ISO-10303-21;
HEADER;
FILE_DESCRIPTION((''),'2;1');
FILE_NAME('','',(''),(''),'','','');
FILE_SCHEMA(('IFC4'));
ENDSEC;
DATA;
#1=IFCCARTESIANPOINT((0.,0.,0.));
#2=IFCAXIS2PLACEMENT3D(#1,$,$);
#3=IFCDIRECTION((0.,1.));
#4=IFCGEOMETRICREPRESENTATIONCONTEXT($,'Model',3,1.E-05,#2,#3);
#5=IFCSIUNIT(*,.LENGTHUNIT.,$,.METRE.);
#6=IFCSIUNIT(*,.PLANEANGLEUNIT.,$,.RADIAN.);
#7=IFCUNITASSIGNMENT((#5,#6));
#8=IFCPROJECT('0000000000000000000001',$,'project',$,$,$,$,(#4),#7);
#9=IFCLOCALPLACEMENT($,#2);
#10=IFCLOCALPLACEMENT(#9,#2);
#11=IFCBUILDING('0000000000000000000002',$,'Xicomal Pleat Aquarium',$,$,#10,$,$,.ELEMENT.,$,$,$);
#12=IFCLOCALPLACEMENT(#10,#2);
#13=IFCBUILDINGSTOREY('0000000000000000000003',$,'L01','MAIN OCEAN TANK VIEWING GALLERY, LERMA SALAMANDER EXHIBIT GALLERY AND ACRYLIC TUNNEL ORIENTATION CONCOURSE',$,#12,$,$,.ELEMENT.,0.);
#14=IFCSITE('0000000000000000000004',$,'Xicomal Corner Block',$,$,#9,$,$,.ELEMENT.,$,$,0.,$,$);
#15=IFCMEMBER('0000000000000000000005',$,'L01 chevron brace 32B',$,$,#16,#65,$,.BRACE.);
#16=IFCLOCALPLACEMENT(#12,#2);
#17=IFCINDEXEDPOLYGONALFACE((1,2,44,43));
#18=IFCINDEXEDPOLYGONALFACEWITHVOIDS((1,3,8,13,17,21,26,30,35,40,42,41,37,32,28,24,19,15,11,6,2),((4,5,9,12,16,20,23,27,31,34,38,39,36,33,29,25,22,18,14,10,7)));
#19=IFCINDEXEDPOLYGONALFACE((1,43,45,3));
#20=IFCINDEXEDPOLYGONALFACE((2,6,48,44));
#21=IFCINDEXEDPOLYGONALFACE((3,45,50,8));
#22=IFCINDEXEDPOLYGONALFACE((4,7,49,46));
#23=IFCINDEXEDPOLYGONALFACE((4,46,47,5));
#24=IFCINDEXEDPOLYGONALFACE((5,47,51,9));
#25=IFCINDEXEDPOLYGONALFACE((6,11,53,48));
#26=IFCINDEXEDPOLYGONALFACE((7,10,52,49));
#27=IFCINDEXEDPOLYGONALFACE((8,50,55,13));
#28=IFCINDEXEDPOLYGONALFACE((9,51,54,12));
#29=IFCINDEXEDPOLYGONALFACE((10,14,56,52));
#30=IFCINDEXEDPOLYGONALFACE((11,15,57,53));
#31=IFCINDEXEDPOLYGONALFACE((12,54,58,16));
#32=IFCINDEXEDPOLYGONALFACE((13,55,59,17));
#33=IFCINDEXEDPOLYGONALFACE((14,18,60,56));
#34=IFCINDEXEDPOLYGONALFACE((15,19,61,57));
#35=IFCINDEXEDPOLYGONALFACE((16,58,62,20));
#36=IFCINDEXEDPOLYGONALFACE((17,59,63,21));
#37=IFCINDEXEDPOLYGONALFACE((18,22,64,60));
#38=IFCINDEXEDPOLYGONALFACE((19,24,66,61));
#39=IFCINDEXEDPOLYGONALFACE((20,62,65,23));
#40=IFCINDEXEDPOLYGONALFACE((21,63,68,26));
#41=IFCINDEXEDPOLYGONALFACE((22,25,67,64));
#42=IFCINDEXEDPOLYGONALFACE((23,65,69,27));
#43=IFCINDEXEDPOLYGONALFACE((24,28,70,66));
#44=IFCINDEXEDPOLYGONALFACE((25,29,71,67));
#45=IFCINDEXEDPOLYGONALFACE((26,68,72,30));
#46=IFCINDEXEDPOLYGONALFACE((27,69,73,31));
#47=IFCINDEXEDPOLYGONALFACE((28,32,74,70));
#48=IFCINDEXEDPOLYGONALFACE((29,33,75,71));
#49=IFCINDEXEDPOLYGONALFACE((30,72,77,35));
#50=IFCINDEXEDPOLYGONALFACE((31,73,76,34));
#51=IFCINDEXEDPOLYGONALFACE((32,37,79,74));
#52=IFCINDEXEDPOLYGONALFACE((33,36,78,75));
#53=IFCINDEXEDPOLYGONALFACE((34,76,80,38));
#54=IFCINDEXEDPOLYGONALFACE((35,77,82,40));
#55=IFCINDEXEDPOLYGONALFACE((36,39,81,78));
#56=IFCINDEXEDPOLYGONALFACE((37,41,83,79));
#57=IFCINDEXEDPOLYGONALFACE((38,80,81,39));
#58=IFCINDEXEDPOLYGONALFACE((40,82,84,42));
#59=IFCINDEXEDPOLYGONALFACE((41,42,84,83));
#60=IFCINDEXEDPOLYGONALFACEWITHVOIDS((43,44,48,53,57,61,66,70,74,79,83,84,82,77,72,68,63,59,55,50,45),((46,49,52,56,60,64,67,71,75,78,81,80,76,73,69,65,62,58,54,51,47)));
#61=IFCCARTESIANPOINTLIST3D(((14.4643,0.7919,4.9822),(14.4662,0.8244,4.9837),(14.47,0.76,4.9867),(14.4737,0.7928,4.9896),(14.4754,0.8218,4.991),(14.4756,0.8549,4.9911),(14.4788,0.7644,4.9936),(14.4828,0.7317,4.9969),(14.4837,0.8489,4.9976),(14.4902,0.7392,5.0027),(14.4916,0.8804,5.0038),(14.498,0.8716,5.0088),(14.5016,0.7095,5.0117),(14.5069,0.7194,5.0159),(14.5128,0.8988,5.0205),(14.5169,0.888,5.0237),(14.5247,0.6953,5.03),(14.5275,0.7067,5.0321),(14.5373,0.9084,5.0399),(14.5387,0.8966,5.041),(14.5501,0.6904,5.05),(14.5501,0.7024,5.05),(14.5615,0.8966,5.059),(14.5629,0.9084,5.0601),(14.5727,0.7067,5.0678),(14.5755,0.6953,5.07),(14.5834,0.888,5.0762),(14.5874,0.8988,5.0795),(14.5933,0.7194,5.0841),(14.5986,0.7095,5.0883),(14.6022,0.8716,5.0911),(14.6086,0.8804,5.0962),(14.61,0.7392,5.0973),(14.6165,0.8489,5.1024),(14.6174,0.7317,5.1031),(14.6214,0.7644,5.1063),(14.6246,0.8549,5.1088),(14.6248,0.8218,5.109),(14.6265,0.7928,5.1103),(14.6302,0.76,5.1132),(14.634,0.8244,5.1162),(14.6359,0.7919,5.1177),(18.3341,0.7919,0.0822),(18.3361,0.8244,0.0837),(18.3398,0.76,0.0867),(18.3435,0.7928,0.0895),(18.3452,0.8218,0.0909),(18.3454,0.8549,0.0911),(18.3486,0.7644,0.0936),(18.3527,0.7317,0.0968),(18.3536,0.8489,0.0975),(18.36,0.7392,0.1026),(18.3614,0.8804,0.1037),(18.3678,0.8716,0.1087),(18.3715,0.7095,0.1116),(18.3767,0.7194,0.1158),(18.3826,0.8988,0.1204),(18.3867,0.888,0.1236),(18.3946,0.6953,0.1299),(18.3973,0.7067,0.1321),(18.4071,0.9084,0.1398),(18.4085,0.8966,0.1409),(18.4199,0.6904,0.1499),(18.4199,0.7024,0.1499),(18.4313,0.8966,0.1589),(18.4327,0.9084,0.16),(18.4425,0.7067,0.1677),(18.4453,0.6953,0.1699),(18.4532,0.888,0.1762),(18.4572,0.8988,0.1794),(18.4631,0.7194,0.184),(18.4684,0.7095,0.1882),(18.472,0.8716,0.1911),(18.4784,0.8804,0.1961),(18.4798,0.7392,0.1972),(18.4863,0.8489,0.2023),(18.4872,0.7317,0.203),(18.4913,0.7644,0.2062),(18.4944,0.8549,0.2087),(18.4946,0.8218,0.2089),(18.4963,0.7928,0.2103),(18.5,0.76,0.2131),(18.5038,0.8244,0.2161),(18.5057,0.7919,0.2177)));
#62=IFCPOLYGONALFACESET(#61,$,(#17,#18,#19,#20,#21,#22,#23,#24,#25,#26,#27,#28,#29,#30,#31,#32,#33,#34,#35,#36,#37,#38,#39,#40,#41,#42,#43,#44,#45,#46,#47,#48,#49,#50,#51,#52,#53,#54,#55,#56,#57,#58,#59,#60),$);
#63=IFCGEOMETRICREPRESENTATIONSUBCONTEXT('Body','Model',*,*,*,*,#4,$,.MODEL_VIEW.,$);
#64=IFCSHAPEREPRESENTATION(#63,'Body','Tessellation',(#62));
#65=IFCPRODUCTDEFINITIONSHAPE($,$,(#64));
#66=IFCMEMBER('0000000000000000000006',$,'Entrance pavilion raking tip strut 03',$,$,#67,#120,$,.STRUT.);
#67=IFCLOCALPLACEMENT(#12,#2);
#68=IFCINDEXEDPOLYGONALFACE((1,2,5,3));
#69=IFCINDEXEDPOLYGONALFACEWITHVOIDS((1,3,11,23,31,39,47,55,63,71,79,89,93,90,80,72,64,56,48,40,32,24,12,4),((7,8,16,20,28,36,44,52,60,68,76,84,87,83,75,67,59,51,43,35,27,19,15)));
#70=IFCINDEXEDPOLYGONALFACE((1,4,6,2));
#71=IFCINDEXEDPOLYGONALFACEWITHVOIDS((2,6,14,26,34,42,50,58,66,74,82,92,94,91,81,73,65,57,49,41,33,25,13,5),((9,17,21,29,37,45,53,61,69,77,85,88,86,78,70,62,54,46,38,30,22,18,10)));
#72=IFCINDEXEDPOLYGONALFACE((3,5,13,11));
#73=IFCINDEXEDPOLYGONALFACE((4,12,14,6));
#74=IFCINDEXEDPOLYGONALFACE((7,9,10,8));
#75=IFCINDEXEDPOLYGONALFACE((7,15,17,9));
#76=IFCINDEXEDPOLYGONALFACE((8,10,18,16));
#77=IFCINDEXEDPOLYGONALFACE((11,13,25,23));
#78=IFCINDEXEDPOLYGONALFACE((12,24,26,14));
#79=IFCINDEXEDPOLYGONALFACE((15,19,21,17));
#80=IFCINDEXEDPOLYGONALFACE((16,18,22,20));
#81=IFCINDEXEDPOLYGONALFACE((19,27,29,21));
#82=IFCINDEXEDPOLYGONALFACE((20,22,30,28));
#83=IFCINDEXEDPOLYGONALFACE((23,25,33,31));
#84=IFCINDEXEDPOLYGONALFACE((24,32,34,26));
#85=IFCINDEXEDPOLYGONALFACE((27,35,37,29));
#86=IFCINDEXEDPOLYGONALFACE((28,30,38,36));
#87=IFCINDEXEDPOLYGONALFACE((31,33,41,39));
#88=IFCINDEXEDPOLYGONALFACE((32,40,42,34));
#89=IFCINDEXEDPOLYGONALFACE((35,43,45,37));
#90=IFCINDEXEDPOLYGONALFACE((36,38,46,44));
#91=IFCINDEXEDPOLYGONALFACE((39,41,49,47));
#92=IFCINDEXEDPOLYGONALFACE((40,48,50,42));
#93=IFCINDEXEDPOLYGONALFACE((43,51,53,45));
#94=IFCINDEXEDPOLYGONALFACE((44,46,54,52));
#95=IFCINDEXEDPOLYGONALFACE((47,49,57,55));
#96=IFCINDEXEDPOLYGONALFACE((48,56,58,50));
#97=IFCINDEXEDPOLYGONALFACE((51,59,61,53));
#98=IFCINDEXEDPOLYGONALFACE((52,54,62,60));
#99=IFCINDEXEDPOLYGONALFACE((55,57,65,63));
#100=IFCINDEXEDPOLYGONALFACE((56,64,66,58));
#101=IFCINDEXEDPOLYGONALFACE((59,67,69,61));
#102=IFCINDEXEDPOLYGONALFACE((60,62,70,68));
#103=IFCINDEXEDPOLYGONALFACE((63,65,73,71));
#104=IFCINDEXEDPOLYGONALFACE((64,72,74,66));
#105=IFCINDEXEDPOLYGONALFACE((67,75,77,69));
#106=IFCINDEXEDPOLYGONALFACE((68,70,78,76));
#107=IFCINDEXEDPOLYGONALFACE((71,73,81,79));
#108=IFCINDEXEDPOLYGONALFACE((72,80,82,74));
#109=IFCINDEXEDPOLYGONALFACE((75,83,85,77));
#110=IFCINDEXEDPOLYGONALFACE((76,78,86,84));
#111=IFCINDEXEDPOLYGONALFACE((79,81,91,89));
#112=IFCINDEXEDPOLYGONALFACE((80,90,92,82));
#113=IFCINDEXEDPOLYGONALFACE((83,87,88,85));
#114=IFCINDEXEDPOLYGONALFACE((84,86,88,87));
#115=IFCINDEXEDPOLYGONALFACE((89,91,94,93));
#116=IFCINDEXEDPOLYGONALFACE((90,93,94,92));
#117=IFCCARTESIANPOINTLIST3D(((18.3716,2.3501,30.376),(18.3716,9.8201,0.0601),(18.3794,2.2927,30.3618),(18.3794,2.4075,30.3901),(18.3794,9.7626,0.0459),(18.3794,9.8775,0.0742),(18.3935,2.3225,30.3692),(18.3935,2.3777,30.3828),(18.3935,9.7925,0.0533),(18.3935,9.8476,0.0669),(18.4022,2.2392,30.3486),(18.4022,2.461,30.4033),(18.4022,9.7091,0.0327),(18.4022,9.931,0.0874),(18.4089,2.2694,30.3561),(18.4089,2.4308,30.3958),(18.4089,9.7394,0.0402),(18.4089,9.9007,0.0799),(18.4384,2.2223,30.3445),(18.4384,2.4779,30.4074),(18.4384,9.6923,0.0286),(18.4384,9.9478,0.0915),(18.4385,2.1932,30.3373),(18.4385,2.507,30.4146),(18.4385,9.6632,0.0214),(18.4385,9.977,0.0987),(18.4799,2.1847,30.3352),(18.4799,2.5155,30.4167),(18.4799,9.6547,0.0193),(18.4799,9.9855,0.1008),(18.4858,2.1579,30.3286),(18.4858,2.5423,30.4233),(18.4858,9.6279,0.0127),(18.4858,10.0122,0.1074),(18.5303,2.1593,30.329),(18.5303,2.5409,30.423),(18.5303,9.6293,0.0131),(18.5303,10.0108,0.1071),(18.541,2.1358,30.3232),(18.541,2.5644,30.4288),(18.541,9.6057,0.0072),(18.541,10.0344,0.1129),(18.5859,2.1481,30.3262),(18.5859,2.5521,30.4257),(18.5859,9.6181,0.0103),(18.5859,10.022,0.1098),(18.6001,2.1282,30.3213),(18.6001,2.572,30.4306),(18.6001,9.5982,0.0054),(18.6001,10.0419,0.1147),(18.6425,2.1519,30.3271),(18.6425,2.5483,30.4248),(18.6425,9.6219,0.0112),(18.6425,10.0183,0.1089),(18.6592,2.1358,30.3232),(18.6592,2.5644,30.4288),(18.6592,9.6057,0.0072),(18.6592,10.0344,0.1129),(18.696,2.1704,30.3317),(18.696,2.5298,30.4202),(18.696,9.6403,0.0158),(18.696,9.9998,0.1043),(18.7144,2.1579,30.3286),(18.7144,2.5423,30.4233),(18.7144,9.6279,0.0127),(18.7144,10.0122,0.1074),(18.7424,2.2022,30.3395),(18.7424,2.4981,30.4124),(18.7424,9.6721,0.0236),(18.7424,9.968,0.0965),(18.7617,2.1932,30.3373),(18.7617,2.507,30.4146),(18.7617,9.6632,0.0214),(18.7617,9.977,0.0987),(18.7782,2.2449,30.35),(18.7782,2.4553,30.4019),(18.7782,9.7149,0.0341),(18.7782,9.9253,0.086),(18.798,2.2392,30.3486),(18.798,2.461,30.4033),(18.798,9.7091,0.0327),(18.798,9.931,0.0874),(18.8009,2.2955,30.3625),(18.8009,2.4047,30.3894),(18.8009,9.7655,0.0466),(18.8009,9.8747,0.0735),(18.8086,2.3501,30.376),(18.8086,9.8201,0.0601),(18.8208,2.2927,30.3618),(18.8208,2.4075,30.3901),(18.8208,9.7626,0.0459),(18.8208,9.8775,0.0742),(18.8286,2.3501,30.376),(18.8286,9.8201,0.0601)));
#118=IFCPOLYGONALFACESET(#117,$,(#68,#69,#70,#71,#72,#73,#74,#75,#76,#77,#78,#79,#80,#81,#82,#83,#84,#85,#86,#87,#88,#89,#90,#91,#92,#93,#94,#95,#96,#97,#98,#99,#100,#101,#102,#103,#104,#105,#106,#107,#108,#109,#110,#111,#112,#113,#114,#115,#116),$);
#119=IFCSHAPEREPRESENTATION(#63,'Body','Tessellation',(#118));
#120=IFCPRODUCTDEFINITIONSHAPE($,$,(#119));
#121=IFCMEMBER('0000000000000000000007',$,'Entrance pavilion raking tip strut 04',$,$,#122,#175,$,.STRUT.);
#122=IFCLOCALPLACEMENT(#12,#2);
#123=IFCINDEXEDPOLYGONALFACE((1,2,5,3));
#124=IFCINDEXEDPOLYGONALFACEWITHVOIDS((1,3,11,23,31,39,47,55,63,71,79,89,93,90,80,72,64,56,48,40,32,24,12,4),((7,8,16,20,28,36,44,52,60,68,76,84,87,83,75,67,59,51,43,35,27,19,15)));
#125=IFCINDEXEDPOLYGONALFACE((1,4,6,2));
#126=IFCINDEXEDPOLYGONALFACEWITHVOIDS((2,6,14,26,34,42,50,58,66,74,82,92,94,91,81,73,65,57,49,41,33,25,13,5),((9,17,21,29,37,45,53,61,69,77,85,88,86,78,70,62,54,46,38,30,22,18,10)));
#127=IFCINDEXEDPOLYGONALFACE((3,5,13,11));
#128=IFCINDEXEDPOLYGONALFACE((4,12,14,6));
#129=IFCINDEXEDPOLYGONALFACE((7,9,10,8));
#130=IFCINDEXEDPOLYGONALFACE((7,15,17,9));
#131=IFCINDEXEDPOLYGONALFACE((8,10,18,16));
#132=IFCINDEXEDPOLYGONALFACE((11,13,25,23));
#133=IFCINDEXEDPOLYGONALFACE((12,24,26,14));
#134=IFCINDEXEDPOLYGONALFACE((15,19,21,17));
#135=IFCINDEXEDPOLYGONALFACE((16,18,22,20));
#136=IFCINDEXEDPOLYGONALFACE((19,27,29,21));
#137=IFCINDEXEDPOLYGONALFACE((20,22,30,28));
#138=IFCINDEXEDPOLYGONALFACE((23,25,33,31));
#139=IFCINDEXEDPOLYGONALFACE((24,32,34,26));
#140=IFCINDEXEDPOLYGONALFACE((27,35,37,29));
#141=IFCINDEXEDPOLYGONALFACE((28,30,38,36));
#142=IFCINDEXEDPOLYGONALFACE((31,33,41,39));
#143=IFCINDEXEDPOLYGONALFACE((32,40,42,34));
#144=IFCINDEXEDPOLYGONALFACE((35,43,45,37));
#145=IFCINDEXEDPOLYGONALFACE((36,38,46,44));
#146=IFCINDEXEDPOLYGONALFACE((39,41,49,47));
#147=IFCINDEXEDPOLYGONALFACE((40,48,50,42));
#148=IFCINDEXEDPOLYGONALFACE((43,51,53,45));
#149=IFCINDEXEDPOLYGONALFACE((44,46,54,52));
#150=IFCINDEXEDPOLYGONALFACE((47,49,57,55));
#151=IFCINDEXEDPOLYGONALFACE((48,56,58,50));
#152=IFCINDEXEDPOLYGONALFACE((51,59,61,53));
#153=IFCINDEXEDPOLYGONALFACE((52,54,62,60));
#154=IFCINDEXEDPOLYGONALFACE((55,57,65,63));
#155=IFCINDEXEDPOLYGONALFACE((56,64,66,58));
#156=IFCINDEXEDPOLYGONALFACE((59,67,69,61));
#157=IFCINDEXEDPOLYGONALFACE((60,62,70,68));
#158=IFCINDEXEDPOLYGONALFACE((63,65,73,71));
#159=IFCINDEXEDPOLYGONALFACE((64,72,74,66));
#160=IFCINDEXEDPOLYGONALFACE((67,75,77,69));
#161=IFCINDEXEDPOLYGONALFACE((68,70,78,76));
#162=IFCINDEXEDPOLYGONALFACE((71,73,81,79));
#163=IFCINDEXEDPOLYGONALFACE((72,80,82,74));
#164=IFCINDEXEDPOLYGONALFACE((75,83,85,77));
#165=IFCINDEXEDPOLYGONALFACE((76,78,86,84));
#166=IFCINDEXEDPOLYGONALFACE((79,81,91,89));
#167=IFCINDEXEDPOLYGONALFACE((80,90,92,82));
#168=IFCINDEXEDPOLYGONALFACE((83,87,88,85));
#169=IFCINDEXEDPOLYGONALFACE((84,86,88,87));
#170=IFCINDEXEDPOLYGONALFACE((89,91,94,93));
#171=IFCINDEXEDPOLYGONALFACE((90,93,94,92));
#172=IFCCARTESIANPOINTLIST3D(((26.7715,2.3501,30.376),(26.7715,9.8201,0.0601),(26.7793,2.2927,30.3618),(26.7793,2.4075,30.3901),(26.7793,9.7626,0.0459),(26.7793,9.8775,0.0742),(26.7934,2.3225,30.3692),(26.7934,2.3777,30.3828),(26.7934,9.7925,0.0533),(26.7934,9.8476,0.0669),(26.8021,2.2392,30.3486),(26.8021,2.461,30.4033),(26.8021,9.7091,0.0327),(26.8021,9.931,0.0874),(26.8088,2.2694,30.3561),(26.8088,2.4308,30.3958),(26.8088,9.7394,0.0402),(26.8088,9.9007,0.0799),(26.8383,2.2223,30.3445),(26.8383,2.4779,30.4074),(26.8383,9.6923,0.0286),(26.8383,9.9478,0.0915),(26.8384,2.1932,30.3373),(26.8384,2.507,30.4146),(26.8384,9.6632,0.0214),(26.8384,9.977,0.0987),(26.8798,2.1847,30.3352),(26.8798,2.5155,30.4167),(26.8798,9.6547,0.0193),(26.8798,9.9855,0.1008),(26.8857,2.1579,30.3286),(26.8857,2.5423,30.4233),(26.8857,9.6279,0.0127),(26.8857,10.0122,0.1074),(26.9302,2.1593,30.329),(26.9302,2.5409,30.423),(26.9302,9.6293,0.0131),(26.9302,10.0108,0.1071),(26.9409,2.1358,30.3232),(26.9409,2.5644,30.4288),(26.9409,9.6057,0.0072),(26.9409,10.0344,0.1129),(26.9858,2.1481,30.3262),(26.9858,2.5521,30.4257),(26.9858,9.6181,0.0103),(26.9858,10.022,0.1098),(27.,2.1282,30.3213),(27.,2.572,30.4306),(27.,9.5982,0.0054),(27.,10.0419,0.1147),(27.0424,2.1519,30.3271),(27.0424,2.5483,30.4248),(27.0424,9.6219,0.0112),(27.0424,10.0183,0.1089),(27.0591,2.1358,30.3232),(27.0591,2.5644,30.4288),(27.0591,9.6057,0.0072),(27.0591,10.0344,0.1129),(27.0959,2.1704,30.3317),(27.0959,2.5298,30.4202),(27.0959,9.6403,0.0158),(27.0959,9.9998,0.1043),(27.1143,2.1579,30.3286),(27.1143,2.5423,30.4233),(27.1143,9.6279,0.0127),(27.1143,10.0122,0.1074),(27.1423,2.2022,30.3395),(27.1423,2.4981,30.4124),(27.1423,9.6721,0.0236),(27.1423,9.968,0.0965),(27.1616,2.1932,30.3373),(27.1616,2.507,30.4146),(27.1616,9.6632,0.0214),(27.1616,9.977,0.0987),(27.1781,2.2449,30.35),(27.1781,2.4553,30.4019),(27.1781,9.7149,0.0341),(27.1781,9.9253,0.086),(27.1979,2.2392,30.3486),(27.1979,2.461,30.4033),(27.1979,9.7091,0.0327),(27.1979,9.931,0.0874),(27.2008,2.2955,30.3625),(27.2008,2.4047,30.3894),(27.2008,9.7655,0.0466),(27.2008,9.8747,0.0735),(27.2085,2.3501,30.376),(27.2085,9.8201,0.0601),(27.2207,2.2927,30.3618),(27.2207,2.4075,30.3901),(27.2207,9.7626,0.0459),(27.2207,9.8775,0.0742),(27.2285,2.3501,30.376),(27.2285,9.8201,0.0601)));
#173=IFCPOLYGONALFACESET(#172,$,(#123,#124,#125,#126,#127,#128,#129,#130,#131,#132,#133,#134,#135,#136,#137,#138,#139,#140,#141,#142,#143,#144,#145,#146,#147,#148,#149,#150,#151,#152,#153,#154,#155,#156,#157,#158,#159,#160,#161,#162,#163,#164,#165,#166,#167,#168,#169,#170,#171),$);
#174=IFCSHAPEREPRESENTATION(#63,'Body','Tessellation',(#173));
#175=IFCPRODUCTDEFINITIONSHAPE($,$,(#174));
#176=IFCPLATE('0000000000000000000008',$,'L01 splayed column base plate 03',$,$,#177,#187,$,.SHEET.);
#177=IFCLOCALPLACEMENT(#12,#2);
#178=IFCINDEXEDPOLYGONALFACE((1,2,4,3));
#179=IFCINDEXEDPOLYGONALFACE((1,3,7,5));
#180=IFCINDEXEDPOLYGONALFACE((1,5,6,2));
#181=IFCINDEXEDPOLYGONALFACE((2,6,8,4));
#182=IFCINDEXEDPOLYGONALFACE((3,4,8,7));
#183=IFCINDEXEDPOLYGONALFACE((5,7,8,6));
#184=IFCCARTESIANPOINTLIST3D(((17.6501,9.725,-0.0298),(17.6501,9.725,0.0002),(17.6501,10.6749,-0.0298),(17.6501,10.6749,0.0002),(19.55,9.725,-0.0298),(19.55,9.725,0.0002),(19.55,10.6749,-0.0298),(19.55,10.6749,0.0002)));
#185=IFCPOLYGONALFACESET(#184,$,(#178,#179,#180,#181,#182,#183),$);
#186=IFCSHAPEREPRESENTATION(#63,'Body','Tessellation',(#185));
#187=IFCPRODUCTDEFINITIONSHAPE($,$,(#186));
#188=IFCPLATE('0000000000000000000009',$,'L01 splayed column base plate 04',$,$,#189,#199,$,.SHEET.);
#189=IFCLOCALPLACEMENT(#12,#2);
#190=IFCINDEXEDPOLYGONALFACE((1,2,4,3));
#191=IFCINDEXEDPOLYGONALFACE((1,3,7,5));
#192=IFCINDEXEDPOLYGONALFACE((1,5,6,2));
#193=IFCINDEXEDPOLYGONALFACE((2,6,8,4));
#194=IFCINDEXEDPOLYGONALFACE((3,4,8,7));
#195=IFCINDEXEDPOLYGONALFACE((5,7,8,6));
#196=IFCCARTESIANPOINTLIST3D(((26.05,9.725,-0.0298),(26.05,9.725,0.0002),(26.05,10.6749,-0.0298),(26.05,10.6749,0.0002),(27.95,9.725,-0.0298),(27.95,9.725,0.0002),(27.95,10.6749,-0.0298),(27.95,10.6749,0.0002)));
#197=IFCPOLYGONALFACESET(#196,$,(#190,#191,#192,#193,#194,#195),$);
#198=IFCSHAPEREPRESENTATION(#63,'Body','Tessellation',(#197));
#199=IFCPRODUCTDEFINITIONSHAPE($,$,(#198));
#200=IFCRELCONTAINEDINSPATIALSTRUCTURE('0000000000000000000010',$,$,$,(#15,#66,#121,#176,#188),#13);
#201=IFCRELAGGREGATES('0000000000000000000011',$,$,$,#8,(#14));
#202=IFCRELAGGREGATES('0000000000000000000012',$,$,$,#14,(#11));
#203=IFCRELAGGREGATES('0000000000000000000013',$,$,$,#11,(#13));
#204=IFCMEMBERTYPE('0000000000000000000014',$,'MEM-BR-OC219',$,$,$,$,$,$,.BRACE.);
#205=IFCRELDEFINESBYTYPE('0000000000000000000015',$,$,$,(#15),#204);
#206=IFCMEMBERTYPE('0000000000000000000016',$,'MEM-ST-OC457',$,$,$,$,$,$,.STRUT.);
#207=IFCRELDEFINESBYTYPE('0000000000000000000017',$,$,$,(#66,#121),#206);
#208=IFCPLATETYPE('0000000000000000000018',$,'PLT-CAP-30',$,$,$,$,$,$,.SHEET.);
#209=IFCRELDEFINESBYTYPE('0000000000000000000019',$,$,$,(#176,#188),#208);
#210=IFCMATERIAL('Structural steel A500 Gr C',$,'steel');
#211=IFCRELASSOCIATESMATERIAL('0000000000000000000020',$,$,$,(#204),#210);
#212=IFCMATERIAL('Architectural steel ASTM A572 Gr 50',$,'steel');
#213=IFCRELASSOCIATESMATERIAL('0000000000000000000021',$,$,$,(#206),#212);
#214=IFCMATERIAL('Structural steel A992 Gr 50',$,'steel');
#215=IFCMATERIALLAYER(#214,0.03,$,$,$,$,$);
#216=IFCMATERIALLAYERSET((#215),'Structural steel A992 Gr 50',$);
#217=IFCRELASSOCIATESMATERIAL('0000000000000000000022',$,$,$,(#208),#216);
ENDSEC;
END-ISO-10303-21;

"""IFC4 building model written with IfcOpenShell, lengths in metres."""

from ifc_helpers import new_model, si_unit, direction, frame, origin, origin_2d, place, context, subcontext, project, spatial, rectangle, hollow_circle, extrude, material, layer, layer_set, material_profile, profile_set, type_object, element, save


model = new_model("IFC4")

# Units and contexts
model_context = context("Model", 3, precision=1e-05, world=origin(), true_north=direction((0.0, 1.0)))
body_context = subcontext(model_context, "Body", "Model", "MODEL_VIEW")
ifc_project = project(units=[si_unit("LENGTHUNIT", "METRE"), si_unit("PLANEANGLEUNIT", "RADIAN")], contexts=[model_context])

# Site, building, storey
site_placement = place(None, origin())
site = spatial("IfcSite", under=ifc_project, at=site_placement, Name="Xicomal Corner Block", CompositionType="ELEMENT", RefElevation=0.0)
building_placement = place(site_placement, origin())
building = spatial("IfcBuilding", under=site, at=building_placement, Name="Xicomal Pleat Aquarium", CompositionType="ELEMENT")
storey_placement = place(building_placement, origin())
storey = spatial("IfcBuildingStorey", under=building, at=storey_placement, Name="L01", Description="MAIN OCEAN TANK VIEWING GALLERY, LERMA SALAMANDER EXHIBIT GALLERY AND ACRYLIC TUNNEL ORIENTATION CONCOURSE", CompositionType="ELEMENT", Elevation=0.0)

# Members
ifc_material_1 = material(Name="Structural steel A500 Gr C", Category="steel")
ifc_material_profile_1 = material_profile(ifc_material_1, hollow_circle(Radius=0.1096, WallThickness=0.012, at=origin_2d()), Name="OC 219x12")
ifc_profile_set_1 = profile_set([ifc_material_profile_1], Name="Structural steel A500 Gr C")
member_type_1 = type_object("IfcMemberType", Name="MEM-BR-OC219", PredefinedType="BRACE", material=ifc_profile_set_1)
member_placement = place(storey_placement, frame((18.4199, 0.8, 0.1499), z_axis=(-0.619776, 0.0, 0.784779), x_axis=(0.0, -1.0, 0.0)))
element("IfcMember", 1, at=member_placement, inside=storey, type_object=member_type_1, Name="L01 chevron brace 32B", PredefinedType="BRACE", context=body_context, shape_type="SweptSolid", body=[
    extrude(hollow_circle(Radius=0.1096, WallThickness=0.012, at=origin_2d()), origin(), (0.0, 0.0, 1.0), 6.2439),
])
ifc_material_2 = material(Name="Architectural steel ASTM A572 Gr 50", Category="steel")
ifc_material_profile_2 = material_profile(ifc_material_2, hollow_circle(Radius=0.2285, WallThickness=0.02, at=origin_2d()), Name="OC 457x20")
ifc_profile_set_2 = profile_set([ifc_material_profile_2], Name="Architectural steel ASTM A572 Gr 50")
member_type_2 = type_object("IfcMemberType", Name="MEM-ST-OC457", PredefinedType="STRUT", material=ifc_profile_set_2)
for number, where, z_axis, x_axis, name in (
    (2, (18.6001, 9.8201, 0.0601), (0.0, -0.239248, 0.970958), (1.0, 0.0, 0.0), "Entrance pavilion raking tip strut 03"),
    (3, (27.0, 9.8201, 0.0601), (0.0, -0.239248, 0.970958), (1.0, 0.0, 0.0), "Entrance pavilion raking tip strut 04"),
):
    element("IfcMember", number, at=place(storey_placement, frame(where, z_axis=z_axis, x_axis=x_axis)), inside=storey, type_object=member_type_2, Name=name, PredefinedType="STRUT", context=body_context, shape_type="SweptSolid", body=[
        extrude(hollow_circle(Radius=0.2285, WallThickness=0.02, at=origin_2d()), origin(), (0.0, 0.0, 1.0), 31.2227),
    ])

# Plates
ifc_material_3 = material(Name="Structural steel A992 Gr 50", Category="steel")
ifc_layer_1 = layer(ifc_material_3, 0.03)
ifc_layer_set_1 = layer_set([ifc_layer_1], Name="Structural steel A992 Gr 50")
plate_type_1 = type_object("IfcPlateType", Name="PLT-CAP-30", PredefinedType="SHEET", material=ifc_layer_set_1)
for number, where, z_axis, x_axis, name in (
    (4, (18.6001, 10.2, -0.0298), (0.0, 0.0, 1.0), (1.0, 0.0, 0.0), "L01 splayed column base plate 03"),
    (5, (27.0, 10.2, -0.0298), (0.0, 0.0, 1.0), (1.0, 0.0, 0.0), "L01 splayed column base plate 04"),
):
    element("IfcPlate", number, at=place(storey_placement, frame(where, z_axis=z_axis, x_axis=x_axis)), inside=storey, type_object=plate_type_1, Name=name, PredefinedType="SHEET", context=body_context, shape_type="SweptSolid", body=[
        extrude(rectangle(XDim=1.8999, YDim=0.95, at=origin_2d()), origin(), (0.0, 0.0, 1.0), 0.03),
    ])

save(model, "model.ifc")
